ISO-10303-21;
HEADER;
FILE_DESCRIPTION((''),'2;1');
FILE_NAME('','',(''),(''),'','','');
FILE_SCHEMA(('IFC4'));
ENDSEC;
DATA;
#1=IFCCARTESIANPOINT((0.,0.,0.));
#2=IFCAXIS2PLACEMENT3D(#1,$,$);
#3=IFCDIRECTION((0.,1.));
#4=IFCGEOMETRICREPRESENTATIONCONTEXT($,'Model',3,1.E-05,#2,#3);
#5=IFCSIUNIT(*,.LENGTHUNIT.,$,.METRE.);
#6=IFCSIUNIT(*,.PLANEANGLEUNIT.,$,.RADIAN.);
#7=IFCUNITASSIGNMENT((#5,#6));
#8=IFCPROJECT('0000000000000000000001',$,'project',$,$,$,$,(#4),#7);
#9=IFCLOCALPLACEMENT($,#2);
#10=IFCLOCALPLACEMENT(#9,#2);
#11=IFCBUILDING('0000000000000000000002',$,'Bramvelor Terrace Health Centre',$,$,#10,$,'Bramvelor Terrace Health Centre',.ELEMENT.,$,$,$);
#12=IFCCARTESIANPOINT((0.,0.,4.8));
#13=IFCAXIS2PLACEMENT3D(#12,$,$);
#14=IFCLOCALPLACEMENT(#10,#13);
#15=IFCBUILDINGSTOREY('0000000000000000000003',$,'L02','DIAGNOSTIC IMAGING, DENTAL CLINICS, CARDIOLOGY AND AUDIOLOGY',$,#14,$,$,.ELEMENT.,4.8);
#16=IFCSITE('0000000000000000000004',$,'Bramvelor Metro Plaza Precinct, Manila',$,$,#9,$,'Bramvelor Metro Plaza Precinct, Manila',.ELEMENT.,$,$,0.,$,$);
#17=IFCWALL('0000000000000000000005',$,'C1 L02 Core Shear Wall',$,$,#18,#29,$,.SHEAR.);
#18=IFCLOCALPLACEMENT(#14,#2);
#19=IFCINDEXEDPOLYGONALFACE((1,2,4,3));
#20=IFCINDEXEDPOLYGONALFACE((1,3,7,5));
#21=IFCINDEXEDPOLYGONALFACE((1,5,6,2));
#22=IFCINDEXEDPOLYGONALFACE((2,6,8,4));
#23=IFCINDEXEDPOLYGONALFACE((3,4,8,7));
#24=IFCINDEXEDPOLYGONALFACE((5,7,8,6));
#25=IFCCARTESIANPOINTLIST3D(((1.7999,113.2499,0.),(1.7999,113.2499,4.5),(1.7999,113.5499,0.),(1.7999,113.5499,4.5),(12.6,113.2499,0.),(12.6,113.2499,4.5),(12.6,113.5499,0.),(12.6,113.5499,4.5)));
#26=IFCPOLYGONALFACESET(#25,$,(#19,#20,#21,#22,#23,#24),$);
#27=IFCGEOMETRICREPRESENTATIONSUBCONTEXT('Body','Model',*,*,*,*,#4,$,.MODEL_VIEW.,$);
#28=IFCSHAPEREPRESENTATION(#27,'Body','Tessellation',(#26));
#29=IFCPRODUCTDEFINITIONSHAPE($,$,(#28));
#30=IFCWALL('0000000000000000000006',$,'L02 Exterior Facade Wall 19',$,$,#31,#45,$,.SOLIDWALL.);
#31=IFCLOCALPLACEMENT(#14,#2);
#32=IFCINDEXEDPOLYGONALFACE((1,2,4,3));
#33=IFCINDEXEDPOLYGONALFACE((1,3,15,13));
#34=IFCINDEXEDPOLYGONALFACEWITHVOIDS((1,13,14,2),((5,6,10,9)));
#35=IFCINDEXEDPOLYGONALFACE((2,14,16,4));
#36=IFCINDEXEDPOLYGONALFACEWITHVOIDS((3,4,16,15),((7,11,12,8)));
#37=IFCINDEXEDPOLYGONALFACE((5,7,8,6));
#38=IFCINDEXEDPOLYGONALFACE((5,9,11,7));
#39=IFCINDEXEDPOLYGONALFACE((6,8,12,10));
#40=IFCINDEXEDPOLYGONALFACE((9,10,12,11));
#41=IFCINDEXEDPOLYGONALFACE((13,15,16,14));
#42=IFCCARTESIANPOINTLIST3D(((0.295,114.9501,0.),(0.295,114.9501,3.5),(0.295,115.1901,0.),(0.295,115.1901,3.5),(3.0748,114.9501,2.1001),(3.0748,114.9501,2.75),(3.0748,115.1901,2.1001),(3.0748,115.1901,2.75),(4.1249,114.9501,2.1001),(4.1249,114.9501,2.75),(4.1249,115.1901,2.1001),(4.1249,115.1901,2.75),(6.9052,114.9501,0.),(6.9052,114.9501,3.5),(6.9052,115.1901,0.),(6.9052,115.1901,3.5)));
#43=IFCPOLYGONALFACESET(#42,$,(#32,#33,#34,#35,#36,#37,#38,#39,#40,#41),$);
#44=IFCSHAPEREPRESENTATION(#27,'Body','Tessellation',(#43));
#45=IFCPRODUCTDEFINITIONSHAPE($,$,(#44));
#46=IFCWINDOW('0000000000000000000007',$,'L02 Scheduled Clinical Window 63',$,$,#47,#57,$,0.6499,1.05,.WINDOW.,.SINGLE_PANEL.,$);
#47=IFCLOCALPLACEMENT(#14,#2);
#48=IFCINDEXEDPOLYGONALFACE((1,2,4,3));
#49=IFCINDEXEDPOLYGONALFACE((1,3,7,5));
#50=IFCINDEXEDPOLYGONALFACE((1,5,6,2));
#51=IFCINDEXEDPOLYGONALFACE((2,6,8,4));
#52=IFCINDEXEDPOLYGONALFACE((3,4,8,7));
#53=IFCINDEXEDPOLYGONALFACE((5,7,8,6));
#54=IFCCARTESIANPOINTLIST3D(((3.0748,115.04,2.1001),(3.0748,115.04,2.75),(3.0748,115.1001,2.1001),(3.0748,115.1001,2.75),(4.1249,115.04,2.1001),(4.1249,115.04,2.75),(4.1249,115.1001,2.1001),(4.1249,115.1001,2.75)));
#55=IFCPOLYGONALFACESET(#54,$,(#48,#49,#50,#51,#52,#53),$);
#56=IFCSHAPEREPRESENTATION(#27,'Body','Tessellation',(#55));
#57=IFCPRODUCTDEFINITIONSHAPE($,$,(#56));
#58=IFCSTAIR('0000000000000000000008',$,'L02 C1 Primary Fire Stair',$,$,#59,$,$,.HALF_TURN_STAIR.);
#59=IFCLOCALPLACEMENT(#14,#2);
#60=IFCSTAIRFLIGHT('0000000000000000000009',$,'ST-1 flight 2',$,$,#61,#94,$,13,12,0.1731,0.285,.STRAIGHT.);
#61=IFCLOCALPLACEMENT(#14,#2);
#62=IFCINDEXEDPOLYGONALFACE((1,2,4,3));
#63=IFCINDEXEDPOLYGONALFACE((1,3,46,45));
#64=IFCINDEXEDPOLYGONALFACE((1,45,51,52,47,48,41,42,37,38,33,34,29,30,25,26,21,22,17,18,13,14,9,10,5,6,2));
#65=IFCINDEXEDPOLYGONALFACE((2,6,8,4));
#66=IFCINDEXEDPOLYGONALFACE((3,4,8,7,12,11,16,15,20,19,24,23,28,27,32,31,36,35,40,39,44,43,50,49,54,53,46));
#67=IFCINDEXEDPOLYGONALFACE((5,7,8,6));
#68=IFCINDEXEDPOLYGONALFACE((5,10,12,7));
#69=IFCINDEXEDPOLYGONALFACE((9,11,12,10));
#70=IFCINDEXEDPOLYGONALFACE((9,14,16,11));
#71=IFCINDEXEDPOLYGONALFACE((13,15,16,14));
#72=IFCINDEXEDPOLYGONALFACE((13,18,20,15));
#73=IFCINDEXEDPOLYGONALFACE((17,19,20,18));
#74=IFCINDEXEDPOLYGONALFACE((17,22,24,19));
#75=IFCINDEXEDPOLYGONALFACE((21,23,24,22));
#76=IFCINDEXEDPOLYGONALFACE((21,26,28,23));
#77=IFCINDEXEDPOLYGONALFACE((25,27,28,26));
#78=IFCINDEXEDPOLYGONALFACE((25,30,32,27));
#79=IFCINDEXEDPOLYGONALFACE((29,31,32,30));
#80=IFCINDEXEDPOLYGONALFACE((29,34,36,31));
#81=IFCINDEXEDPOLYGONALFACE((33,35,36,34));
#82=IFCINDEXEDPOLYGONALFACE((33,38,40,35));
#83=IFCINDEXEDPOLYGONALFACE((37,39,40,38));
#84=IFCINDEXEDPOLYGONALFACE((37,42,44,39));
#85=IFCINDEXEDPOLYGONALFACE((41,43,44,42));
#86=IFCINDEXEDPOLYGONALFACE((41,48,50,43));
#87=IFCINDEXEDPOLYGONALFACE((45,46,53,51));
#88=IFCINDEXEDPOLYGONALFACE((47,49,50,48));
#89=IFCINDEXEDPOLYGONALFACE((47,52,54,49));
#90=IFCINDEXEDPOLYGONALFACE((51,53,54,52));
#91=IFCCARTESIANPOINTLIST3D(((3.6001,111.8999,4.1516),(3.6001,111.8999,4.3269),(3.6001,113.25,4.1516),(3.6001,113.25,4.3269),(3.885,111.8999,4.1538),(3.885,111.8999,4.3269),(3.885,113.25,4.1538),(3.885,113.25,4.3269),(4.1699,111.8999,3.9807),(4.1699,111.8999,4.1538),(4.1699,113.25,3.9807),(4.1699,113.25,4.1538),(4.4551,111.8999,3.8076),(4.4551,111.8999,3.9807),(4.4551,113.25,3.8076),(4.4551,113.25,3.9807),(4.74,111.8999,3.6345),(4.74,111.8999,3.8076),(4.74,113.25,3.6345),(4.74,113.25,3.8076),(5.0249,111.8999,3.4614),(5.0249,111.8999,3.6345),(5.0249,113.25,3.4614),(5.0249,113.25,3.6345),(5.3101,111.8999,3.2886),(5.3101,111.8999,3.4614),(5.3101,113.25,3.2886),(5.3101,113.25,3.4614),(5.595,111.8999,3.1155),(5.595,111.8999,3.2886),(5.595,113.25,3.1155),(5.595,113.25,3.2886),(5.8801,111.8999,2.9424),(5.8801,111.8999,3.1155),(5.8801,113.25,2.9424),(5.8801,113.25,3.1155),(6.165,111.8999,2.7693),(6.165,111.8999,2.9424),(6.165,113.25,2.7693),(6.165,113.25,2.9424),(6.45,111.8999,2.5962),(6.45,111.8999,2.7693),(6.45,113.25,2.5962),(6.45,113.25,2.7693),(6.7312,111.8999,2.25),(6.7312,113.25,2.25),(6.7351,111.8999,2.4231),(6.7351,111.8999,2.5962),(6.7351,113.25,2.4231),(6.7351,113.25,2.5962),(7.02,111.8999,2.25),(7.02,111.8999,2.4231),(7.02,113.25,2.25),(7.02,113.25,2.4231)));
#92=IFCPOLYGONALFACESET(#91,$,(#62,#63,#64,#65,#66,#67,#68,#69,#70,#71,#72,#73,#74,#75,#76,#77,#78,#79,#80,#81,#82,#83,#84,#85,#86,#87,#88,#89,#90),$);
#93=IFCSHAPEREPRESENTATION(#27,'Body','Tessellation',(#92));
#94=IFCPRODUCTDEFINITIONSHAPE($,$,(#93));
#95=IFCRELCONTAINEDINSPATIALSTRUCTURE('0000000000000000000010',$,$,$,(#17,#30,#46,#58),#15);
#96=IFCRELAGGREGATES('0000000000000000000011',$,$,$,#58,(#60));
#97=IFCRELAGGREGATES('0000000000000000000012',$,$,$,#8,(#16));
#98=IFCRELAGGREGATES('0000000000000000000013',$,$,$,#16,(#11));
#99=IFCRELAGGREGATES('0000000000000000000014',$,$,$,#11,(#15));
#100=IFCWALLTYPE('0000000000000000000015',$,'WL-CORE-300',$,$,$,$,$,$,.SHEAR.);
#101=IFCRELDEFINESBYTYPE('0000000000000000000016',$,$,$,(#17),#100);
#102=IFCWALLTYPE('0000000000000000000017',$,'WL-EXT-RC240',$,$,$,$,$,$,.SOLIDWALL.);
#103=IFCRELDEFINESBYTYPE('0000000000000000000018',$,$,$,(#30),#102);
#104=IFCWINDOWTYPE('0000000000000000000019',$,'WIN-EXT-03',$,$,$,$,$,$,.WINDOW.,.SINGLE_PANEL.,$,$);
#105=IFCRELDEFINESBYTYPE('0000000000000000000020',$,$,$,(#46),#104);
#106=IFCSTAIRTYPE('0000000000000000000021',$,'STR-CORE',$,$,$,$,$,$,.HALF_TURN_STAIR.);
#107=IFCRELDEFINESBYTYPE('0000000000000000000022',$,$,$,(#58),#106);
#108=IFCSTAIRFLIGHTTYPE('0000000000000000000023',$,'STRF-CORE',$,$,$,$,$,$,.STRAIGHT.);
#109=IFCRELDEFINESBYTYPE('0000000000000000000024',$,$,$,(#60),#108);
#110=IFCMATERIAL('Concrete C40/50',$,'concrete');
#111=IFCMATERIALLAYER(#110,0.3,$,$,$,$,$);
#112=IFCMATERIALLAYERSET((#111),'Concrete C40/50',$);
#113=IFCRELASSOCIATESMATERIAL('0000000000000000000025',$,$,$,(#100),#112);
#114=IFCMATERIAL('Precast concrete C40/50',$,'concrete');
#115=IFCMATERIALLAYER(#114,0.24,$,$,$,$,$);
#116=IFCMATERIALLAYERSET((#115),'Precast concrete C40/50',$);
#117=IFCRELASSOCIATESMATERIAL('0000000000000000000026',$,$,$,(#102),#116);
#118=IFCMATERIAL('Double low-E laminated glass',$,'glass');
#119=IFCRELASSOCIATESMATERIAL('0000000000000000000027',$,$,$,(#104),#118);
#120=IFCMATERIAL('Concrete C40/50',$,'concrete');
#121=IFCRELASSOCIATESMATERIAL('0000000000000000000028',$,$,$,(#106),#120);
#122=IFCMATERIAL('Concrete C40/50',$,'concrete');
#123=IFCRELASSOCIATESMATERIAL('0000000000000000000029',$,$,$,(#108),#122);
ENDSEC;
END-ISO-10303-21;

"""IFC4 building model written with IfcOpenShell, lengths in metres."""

from ifc_helpers import new_model, si_unit, direction, frame, frame_2d, origin, place, context, subcontext, project, spatial, polyline, rectangle, outline, extrude, material, layer, layer_set, type_object, element, fill, aggregate, save


model = new_model("IFC4")

# Units and contexts
model_context = context("Model", 3, precision=1e-05, world=origin(), true_north=direction((0.0, 1.0)))
body_context = subcontext(model_context, "Body", "Model", "MODEL_VIEW")
ifc_project = project(units=[si_unit("LENGTHUNIT", "METRE"), si_unit("PLANEANGLEUNIT", "RADIAN")], contexts=[model_context])

# Site, building, storey
site_placement = place(None, origin())
site = spatial("IfcSite", under=ifc_project, at=site_placement, Name="Bramvelor Metro Plaza Precinct, Manila", LongName="Bramvelor Metro Plaza Precinct, Manila", CompositionType="ELEMENT", RefElevation=0.0)
building_placement = place(site_placement, origin())
building = spatial("IfcBuilding", under=site, at=building_placement, Name="Bramvelor Terrace Health Centre", LongName="Bramvelor Terrace Health Centre", CompositionType="ELEMENT")
storey_placement = place(building_placement, frame((0.0, 0.0, 4.8)))
storey = spatial("IfcBuildingStorey", under=building, at=storey_placement, Name="L02", Description="DIAGNOSTIC IMAGING, DENTAL CLINICS, CARDIOLOGY AND AUDIOLOGY", CompositionType="ELEMENT", Elevation=4.8)

# Wall
ifc_material_1 = material(Name="Concrete C40/50", Category="concrete")
ifc_layer_1 = layer(ifc_material_1, 0.3)
ifc_layer_set_1 = layer_set([ifc_layer_1], Name="Concrete C40/50")
wall_type_1 = type_object("IfcWallType", Name="WL-CORE-300", PredefinedType="SHEAR", material=ifc_layer_set_1)
wall_1_placement = place(storey_placement, frame((1.8, 113.3999, 0.0), z_axis=(0.0, 0.0, 1.0), x_axis=(1.0, 0.0, 0.0)))
element("IfcWall", 1, at=wall_1_placement, inside=storey, type_object=wall_type_1, Name="C1 L02 Core Shear Wall", PredefinedType="SHEAR", context=body_context, shape_type="SweptSolid", body=[
    extrude(rectangle(XDim=10.8, YDim=0.3, at=frame_2d((5.3999, 0.0))), origin(), (0.0, 0.0, 1.0), 4.5),
])

# Wall, opening, window
ifc_material_2 = material(Name="Precast concrete C40/50", Category="concrete")
ifc_layer_2 = layer(ifc_material_2, 0.24)
ifc_layer_set_2 = layer_set([ifc_layer_2], Name="Precast concrete C40/50")
wall_type_2 = type_object("IfcWallType", Name="WL-EXT-RC240", PredefinedType="SOLIDWALL", material=ifc_layer_set_2)
wall_2_placement = place(storey_placement, frame((0.2949, 115.0701, 0.0), z_axis=(0.0, 0.0, 1.0), x_axis=(1.0, 0.0, 0.0)))
wall_2 = element("IfcWall", 2, at=wall_2_placement, inside=storey, type_object=wall_type_2, Name="L02 Exterior Facade Wall 19", PredefinedType="SOLIDWALL", context=body_context, shape_type="SweptSolid", body=[
    extrude(rectangle(XDim=6.6101, YDim=0.24, at=frame_2d((3.3052, 0.0))), origin(), (0.0, 0.0, 1.0), 3.5),
])
opening_placement = place(wall_2_placement, frame((2.78, 0.0, 2.1001)))
opening = element("IfcOpeningElement", 3, at=opening_placement, cuts=wall_2, PredefinedType="OPENING", context=body_context, shape_type="SweptSolid", body=[
    extrude(rectangle(XDim=1.05, YDim=0.6499, at=frame_2d((0.5249, 0.325))), frame((0.0, 0.1299, 0.0), z_axis=(0.0, -1.0, 0.0), x_axis=(1.0, 0.0, 0.0)), (0.0, 0.0, 1.0), 0.26),
])
ifc_material_3 = material(Name="Double low-E laminated glass", Category="glass")
window_type = type_object("IfcWindowType", Name="WIN-EXT-03", PartitioningType="SINGLE_PANEL", PredefinedType="WINDOW", material=ifc_material_3)
window_placement = place(opening_placement, origin())
window = element("IfcWindow", 4, at=window_placement, inside=storey, type_object=window_type, Name="L02 Scheduled Clinical Window 63", OverallHeight=0.6499, OverallWidth=1.05, PartitioningType="SINGLE_PANEL", PredefinedType="WINDOW", context=body_context, shape_type="SweptSolid", body=[
    extrude(rectangle(XDim=1.05, YDim=0.6499, at=frame_2d((0.5249, 0.325))), frame((0.0, 0.03, 0.0), z_axis=(0.0, -1.0, 0.0), x_axis=(1.0, 0.0, 0.0)), (0.0, 0.0, 1.0), 0.0601),
])
fill(opening, window)

# Stair, stair flight
ifc_material_4 = material(Name="Concrete C40/50", Category="concrete")
stair_type = type_object("IfcStairType", Name="STR-CORE", PredefinedType="HALF_TURN_STAIR", material=ifc_material_4)
stair_placement = place(storey_placement, origin())
stair = element("IfcStair", 5, at=stair_placement, inside=storey, type_object=stair_type, Name="L02 C1 Primary Fire Stair", PredefinedType="HALF_TURN_STAIR")
ifc_material_5 = material(Name="Concrete C40/50", Category="concrete")
stair_flight_type = type_object("IfcStairFlightType", Name="STRF-CORE", PredefinedType="STRAIGHT", material=ifc_material_5)
stair_flight_placement = place(storey_placement, frame((7.02, 112.575, 2.25), z_axis=(0.0, 0.0, 1.0), x_axis=(-1.0, 0.0, 0.0)))
stair_flight = element("IfcStairFlight", 6, at=stair_flight_placement, type_object=stair_flight_type, Name="ST-1 flight 2", NumberOfRisers=13, NumberOfTreads=12, PredefinedType="STRAIGHT", RiserHeight=0.1731, TreadLength=0.285, context=body_context, shape_type="SweptSolid", body=[
    extrude(outline(polyline([(0.0, 0.0), (0.0, 0.1731), (0.2849, 0.1731), (0.2849, 0.3462), (0.5701, 0.3462), (0.5701, 0.5193), (0.855, 0.5193), (0.855, 0.6924), (1.1399, 0.6924), (1.1399, 0.8655), (1.425, 0.8655), (1.425, 1.0386), (1.71, 1.0386), (1.71, 1.2114), (1.9951, 1.2114), (1.9951, 1.3845), (2.28, 1.3845), (2.28, 1.5576), (2.5649, 1.5576), (2.5649, 1.7307), (2.8501, 1.7307), (2.8501, 1.9038), (3.135, 1.9038), (3.135, 2.0769), (3.4199, 2.0769), (3.4199, 2.25), (3.4199, 1.9016), (0.2888, 0.0), (0.0, 0.0)])), frame((0.0, 0.675, 0.0), z_axis=(0.0, -1.0, 0.0), x_axis=(1.0, 0.0, 0.0)), (0.0, 0.0, 1.0), 1.3501),
])
aggregate(stair, [stair_flight])

save(model, "model.ifc")
